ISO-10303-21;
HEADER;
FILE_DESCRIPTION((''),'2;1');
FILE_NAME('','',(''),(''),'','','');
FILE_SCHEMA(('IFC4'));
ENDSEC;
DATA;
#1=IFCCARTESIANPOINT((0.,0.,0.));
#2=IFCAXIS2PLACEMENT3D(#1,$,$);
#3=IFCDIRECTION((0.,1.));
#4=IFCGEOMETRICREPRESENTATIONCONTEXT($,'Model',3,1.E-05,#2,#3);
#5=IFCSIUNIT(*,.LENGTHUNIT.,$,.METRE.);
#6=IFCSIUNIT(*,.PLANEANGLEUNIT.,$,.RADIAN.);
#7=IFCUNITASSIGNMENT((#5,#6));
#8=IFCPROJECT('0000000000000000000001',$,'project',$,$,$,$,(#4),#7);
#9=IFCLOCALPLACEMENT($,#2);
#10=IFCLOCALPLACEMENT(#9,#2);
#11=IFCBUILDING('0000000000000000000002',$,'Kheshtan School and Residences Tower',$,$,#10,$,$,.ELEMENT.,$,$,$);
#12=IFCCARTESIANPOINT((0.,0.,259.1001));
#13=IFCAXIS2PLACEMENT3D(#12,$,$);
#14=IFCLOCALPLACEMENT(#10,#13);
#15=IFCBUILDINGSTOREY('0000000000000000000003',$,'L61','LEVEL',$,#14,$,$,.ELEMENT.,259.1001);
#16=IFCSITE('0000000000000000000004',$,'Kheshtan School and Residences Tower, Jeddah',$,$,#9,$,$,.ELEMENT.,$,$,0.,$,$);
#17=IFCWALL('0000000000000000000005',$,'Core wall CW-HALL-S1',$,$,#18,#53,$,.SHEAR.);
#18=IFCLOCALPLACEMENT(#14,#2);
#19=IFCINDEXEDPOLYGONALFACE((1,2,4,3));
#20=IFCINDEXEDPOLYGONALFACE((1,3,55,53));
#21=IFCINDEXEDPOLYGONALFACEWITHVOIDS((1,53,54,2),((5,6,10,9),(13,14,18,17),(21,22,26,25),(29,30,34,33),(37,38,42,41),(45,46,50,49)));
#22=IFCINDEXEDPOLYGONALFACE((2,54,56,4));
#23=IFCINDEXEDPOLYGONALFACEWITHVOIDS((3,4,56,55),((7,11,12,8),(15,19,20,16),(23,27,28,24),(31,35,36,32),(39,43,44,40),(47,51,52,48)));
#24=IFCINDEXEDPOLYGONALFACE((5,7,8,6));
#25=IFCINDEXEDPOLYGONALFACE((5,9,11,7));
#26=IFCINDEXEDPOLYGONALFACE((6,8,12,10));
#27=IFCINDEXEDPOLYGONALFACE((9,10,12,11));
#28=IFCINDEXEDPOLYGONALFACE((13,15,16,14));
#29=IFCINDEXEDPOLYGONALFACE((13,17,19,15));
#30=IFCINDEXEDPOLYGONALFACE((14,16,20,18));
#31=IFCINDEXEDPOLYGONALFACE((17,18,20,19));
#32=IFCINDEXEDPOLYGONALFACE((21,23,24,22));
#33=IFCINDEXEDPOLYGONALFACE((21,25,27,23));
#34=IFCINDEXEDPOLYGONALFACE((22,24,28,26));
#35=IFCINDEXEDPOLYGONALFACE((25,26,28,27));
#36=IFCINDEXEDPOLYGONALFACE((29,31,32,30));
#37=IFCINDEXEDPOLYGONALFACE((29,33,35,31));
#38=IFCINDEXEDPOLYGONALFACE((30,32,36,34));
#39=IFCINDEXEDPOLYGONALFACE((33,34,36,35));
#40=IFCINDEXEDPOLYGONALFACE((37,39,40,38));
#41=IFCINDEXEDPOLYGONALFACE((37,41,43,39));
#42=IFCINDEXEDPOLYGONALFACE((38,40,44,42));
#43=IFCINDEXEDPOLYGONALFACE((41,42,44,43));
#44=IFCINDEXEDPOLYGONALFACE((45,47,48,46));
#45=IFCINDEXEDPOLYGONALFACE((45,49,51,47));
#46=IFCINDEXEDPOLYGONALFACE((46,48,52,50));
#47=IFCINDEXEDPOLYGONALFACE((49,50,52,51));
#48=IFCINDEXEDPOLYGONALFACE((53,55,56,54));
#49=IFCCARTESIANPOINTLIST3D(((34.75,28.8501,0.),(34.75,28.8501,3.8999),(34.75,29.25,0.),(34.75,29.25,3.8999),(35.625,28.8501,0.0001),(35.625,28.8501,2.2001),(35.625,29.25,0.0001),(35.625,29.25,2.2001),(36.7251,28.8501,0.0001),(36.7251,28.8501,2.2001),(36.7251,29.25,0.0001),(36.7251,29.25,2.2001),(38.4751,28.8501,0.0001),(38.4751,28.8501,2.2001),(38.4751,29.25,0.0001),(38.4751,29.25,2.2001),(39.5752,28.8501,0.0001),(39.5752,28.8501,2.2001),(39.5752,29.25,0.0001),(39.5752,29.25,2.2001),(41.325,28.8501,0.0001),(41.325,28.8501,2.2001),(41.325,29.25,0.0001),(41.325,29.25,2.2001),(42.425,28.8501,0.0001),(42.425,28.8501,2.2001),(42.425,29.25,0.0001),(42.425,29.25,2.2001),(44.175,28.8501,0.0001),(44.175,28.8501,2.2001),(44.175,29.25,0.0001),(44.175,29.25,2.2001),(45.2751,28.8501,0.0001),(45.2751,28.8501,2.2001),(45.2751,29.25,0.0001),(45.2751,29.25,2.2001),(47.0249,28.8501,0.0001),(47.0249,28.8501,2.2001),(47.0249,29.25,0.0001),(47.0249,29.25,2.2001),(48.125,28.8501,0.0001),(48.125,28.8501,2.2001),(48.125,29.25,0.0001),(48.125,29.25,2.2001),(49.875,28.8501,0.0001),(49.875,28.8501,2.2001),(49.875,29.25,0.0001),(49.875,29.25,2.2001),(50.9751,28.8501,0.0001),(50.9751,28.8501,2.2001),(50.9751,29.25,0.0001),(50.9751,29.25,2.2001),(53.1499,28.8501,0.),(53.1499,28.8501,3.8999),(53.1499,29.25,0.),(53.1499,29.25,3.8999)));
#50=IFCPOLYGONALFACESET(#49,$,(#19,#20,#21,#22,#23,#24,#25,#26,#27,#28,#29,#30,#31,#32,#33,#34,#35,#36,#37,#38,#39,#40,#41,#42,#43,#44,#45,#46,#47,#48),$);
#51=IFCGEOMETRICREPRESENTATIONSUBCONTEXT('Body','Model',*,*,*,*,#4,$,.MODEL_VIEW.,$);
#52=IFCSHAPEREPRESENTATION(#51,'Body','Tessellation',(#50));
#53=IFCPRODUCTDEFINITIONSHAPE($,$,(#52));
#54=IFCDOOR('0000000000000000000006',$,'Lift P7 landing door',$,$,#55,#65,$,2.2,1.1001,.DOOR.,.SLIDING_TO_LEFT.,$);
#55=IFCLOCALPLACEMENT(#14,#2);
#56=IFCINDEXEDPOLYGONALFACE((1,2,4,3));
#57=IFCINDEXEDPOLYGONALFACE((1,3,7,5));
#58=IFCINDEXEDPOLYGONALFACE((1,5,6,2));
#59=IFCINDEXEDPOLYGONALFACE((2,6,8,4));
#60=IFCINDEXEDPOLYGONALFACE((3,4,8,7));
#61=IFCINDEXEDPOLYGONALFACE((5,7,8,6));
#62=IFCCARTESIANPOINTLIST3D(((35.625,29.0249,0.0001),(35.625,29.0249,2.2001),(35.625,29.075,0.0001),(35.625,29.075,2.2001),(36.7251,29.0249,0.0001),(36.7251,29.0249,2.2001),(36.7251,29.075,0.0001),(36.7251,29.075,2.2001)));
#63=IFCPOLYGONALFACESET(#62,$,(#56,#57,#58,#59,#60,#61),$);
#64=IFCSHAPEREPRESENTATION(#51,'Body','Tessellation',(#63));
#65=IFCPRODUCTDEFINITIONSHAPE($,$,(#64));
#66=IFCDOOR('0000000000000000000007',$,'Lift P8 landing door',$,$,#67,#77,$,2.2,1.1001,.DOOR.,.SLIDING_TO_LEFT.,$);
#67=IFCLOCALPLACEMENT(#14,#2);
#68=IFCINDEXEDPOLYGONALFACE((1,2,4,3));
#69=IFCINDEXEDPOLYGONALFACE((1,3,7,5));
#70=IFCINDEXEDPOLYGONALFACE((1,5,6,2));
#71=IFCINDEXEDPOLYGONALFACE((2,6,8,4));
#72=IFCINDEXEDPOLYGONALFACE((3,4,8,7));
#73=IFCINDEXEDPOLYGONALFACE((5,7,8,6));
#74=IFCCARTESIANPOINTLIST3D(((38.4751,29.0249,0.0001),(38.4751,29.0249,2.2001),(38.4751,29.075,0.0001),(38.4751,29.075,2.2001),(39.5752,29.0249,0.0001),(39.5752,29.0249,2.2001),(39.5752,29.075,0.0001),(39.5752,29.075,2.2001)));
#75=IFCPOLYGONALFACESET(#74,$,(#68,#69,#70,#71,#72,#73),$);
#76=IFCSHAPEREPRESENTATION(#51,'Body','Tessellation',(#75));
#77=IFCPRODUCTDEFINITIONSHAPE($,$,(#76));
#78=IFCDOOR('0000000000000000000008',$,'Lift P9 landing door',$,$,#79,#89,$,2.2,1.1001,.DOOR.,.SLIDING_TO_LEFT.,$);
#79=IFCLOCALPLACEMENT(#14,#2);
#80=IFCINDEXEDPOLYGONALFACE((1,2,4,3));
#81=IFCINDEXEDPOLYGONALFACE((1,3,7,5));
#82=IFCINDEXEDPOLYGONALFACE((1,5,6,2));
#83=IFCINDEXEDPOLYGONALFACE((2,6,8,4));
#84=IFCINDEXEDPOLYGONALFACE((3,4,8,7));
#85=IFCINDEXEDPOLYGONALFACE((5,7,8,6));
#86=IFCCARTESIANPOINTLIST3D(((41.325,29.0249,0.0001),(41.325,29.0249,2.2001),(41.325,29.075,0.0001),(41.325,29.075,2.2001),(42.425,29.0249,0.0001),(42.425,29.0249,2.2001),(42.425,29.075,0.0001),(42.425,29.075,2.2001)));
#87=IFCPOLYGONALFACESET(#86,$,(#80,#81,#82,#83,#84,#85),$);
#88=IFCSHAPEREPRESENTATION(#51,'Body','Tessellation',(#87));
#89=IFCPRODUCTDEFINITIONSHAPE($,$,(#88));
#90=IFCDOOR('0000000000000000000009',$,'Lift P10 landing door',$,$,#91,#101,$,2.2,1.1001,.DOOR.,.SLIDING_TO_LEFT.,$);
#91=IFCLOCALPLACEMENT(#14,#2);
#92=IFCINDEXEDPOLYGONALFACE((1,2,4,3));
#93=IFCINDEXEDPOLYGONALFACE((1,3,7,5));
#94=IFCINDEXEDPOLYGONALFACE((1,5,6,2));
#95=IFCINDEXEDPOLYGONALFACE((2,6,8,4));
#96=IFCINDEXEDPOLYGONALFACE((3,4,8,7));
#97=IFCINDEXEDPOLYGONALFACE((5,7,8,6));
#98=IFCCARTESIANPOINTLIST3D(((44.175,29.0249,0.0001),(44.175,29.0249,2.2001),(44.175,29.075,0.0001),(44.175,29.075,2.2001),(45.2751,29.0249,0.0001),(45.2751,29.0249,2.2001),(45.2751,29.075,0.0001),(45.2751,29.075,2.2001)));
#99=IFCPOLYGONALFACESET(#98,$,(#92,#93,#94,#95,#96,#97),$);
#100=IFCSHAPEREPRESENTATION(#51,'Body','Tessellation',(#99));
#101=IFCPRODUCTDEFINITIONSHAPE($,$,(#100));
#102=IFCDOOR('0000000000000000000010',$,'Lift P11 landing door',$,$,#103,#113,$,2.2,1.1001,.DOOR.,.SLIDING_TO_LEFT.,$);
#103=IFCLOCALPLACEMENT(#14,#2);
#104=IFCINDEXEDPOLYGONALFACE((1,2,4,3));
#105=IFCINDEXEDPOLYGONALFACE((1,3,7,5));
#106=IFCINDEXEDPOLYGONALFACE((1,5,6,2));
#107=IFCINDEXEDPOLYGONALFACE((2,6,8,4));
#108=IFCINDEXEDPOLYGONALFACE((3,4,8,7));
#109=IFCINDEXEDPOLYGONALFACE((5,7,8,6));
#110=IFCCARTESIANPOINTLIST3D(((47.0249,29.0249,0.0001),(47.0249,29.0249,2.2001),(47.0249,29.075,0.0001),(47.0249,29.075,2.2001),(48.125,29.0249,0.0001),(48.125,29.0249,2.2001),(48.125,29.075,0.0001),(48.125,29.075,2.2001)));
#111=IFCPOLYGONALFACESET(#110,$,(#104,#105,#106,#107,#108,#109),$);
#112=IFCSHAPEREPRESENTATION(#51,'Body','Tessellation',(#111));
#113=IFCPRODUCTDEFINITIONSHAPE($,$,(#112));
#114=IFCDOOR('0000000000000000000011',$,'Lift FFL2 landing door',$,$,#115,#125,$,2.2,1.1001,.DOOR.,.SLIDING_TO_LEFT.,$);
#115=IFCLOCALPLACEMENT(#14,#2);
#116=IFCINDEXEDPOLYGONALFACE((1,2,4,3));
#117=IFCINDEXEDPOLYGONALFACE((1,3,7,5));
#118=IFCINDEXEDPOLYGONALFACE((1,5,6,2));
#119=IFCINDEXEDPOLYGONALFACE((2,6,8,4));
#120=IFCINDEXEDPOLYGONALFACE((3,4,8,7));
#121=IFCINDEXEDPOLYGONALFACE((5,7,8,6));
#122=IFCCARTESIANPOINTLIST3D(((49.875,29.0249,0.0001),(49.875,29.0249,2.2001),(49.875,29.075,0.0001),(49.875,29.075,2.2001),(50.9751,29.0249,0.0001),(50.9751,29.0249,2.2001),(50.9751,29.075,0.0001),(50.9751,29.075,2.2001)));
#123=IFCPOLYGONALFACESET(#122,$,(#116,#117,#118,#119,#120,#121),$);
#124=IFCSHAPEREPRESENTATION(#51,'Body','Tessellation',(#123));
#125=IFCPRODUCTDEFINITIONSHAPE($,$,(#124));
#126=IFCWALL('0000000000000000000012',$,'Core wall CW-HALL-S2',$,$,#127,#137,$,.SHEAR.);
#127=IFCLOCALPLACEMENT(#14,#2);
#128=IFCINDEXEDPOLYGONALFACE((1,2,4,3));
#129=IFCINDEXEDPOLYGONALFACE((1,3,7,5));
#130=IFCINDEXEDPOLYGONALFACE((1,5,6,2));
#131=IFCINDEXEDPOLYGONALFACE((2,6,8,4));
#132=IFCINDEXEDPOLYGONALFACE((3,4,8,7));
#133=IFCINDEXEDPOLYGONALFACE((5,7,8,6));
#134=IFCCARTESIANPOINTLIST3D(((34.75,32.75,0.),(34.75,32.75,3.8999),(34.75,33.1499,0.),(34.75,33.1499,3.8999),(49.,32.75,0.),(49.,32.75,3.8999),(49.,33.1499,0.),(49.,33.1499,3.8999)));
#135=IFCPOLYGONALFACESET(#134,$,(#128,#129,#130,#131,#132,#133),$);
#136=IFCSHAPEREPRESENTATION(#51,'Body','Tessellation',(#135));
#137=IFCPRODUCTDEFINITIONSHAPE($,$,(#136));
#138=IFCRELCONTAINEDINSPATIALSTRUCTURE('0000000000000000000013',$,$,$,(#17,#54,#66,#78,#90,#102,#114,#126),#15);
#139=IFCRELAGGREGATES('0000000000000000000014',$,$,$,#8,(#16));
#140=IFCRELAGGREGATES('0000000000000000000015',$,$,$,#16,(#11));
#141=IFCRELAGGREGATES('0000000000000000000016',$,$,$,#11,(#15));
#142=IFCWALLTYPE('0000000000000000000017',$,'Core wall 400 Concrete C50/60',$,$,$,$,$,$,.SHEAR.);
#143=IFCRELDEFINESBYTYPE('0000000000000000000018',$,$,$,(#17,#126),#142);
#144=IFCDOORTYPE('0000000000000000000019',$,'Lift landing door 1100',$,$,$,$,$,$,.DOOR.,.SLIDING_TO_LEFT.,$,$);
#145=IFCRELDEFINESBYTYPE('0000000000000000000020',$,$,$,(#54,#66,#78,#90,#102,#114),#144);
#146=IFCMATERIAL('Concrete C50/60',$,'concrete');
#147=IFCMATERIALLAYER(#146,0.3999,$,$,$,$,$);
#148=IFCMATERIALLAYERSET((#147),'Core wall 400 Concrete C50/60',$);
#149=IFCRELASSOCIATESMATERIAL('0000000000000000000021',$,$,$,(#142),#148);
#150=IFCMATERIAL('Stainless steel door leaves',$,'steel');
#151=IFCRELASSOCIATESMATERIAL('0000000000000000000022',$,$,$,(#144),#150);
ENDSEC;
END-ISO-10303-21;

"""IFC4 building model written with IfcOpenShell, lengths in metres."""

from ifc_helpers import new_model, si_unit, direction, frame, frame_2d, origin, place, context, subcontext, project, spatial, rectangle, extrude, source, transform, mapped, material, layer, layer_set, type_object, element, fill, save


model = new_model("IFC4")

# Units and contexts
model_context = context("Model", 3, precision=1e-05, world=origin(), true_north=direction((0.0, 1.0)))
body_context = subcontext(model_context, "Body", "Model", "MODEL_VIEW")
ifc_project = project(units=[si_unit("LENGTHUNIT", "METRE"), si_unit("PLANEANGLEUNIT", "RADIAN")], contexts=[model_context])

# Site, building, storey
site_placement = place(None, origin())
site = spatial("IfcSite", under=ifc_project, at=site_placement, Name="Kheshtan School and Residences Tower, Jeddah", CompositionType="ELEMENT", RefElevation=0.0)
building_placement = place(site_placement, origin())
building = spatial("IfcBuilding", under=site, at=building_placement, Name="Kheshtan School and Residences Tower", CompositionType="ELEMENT")
storey_placement = place(building_placement, frame((0.0, 0.0, 259.1001)))
storey = spatial("IfcBuildingStorey", under=building, at=storey_placement, Name="L61", Description="LEVEL", CompositionType="ELEMENT", Elevation=259.1001)

# Wall, openings, doors
ifc_material_1 = material(Name="Concrete C50/60", Category="concrete")
ifc_layer_1 = layer(ifc_material_1, 0.3999)
ifc_layer_set_1 = layer_set([ifc_layer_1], Name="Core wall 400 Concrete C50/60")
wall_type_1 = type_object("IfcWallType", Name="Core wall 400 Concrete C50/60", PredefinedType="SHEAR", material=ifc_layer_set_1)
wall_1_placement = place(storey_placement, frame((34.75, 29.05, 0.0), z_axis=(0.0, 0.0, 1.0), x_axis=(1.0, 0.0, 0.0)))
wall_1 = element("IfcWall", 1, at=wall_1_placement, inside=storey, type_object=wall_type_1, Name="Core wall CW-HALL-S1", PredefinedType="SHEAR", context=body_context, shape_type="SweptSolid", body=[
    extrude(rectangle(XDim=18.3999, YDim=0.3999, at=frame_2d((9.2, 0.0))), origin(), (0.0, 0.0, 1.0), 3.8999),
])
opening_1_placement = place(wall_1_placement, frame((0.875, 0.0, 0.0)))
opening_1 = element("IfcOpeningElement", 2, at=opening_1_placement, cuts=wall_1, PredefinedType="OPENING", context=body_context, shape_type="SweptSolid", body=[
    extrude(rectangle(XDim=1.1001, YDim=2.2, at=frame_2d((0.55, 1.1001))), frame((0.0, 0.21, 0.0), z_axis=(0.0, -1.0, 0.0), x_axis=(1.0, 0.0, 0.0)), (0.0, 0.0, 1.0), 0.4199),
])
opening_2_placement = place(wall_1_placement, frame((3.7251, 0.0, 0.0)))
opening_2 = element("IfcOpeningElement", 3, at=opening_2_placement, cuts=wall_1, PredefinedType="OPENING", context=body_context, shape_type="SweptSolid", body=[
    extrude(rectangle(XDim=1.1001, YDim=2.2, at=frame_2d((0.55, 1.1001))), frame((0.0, 0.21, 0.0), z_axis=(0.0, -1.0, 0.0), x_axis=(1.0, 0.0, 0.0)), (0.0, 0.0, 1.0), 0.4199),
])
opening_3_placement = place(wall_1_placement, frame((6.575, 0.0, 0.0)))
opening_3 = element("IfcOpeningElement", 4, at=opening_3_placement, cuts=wall_1, PredefinedType="OPENING", context=body_context, shape_type="SweptSolid", body=[
    extrude(rectangle(XDim=1.1001, YDim=2.2, at=frame_2d((0.55, 1.1001))), frame((0.0, 0.21, 0.0), z_axis=(0.0, -1.0, 0.0), x_axis=(1.0, 0.0, 0.0)), (0.0, 0.0, 1.0), 0.4199),
])
opening_4_placement = place(wall_1_placement, frame((9.425, 0.0, 0.0)))
opening_4 = element("IfcOpeningElement", 5, at=opening_4_placement, cuts=wall_1, PredefinedType="OPENING", context=body_context, shape_type="SweptSolid", body=[
    extrude(rectangle(XDim=1.1001, YDim=2.2, at=frame_2d((0.55, 1.1001))), frame((0.0, 0.21, 0.0), z_axis=(0.0, -1.0, 0.0), x_axis=(1.0, 0.0, 0.0)), (0.0, 0.0, 1.0), 0.4199),
])
opening_5_placement = place(wall_1_placement, frame((12.2749, 0.0, 0.0)))
opening_5 = element("IfcOpeningElement", 6, at=opening_5_placement, cuts=wall_1, PredefinedType="OPENING", context=body_context, shape_type="SweptSolid", body=[
    extrude(rectangle(XDim=1.1001, YDim=2.2, at=frame_2d((0.55, 1.1001))), frame((0.0, 0.21, 0.0), z_axis=(0.0, -1.0, 0.0), x_axis=(1.0, 0.0, 0.0)), (0.0, 0.0, 1.0), 0.4199),
])
opening_6_placement = place(wall_1_placement, frame((15.125, 0.0, 0.0)))
opening_6 = element("IfcOpeningElement", 7, at=opening_6_placement, cuts=wall_1, PredefinedType="OPENING", context=body_context, shape_type="SweptSolid", body=[
    extrude(rectangle(XDim=1.1001, YDim=2.2, at=frame_2d((0.55, 1.1001))), frame((0.0, 0.21, 0.0), z_axis=(0.0, -1.0, 0.0), x_axis=(1.0, 0.0, 0.0)), (0.0, 0.0, 1.0), 0.4199),
])
ifc_material_2 = material(Name="Stainless steel door leaves", Category="steel")
door_type_1 = type_object("IfcDoorType", Name="Lift landing door 1100", OperationType="SLIDING_TO_LEFT", PredefinedType="DOOR", material=ifc_material_2)
shared_shape_1 = source(origin(), body_context, "Body", "SweptSolid", [
    extrude(rectangle(XDim=1.1001, YDim=2.2, at=frame_2d((0.55, 1.1001))), frame((0.0, 0.0249, 0.0), z_axis=(0.0, -1.0, 0.0), x_axis=(1.0, 0.0, 0.0)), (0.0, 0.0, 1.0), 0.05),
])
door_1_placement = place(opening_1_placement, origin())
door_1 = element("IfcDoor", 8, at=door_1_placement, inside=storey, type_object=door_type_1, Name="Lift P7 landing door", OperationType="SLIDING_TO_LEFT", OverallHeight=2.2, OverallWidth=1.1001, PredefinedType="DOOR", context=body_context, shape_type="MappedRepresentation", body=[
    mapped(shared_shape_1, transform((0.0, 0.0, 0.0), x_axis=(1.0, 0.0, 0.0), y_axis=(0.0, 1.0, 0.0), z_axis=(0.0, 0.0, 1.0), scale=1.0)),
])
fill(opening_1, door_1)
door_2_placement = place(opening_2_placement, origin())
door_2 = element("IfcDoor", 9, at=door_2_placement, inside=storey, type_object=door_type_1, Name="Lift P8 landing door", OperationType="SLIDING_TO_LEFT", OverallHeight=2.2, OverallWidth=1.1001, PredefinedType="DOOR", context=body_context, shape_type="MappedRepresentation", body=[
    mapped(shared_shape_1, transform((0.0, 0.0, 0.0), x_axis=(1.0, 0.0, 0.0), y_axis=(0.0, 1.0, 0.0), z_axis=(0.0, 0.0, 1.0), scale=1.0)),
])
fill(opening_2, door_2)
door_3_placement = place(opening_3_placement, origin())
door_3 = element("IfcDoor", 10, at=door_3_placement, inside=storey, type_object=door_type_1, Name="Lift P9 landing door", OperationType="SLIDING_TO_LEFT", OverallHeight=2.2, OverallWidth=1.1001, PredefinedType="DOOR", context=body_context, shape_type="MappedRepresentation", body=[
    mapped(shared_shape_1, transform((0.0, 0.0, 0.0), x_axis=(1.0, 0.0, 0.0), y_axis=(0.0, 1.0, 0.0), z_axis=(0.0, 0.0, 1.0), scale=1.0)),
])
fill(opening_3, door_3)
door_4_placement = place(opening_4_placement, origin())
door_4 = element("IfcDoor", 11, at=door_4_placement, inside=storey, type_object=door_type_1, Name="Lift P10 landing door", OperationType="SLIDING_TO_LEFT", OverallHeight=2.2, OverallWidth=1.1001, PredefinedType="DOOR", context=body_context, shape_type="MappedRepresentation", body=[
    mapped(shared_shape_1, transform((0.0, 0.0, 0.0), x_axis=(1.0, 0.0, 0.0), y_axis=(0.0, 1.0, 0.0), z_axis=(0.0, 0.0, 1.0), scale=1.0)),
])
fill(opening_4, door_4)
door_5_placement = place(opening_5_placement, origin())
door_5 = element("IfcDoor", 12, at=door_5_placement, inside=storey, type_object=door_type_1, Name="Lift P11 landing door", OperationType="SLIDING_TO_LEFT", OverallHeight=2.2, OverallWidth=1.1001, PredefinedType="DOOR", context=body_context, shape_type="MappedRepresentation", body=[
    mapped(shared_shape_1, transform((0.0, 0.0, 0.0), x_axis=(1.0, 0.0, 0.0), y_axis=(0.0, 1.0, 0.0), z_axis=(0.0, 0.0, 1.0), scale=1.0)),
])
fill(opening_5, door_5)
door_6_placement = place(opening_6_placement, origin())
door_6 = element("IfcDoor", 13, at=door_6_placement, inside=storey, type_object=door_type_1, Name="Lift FFL2 landing door", OperationType="SLIDING_TO_LEFT", OverallHeight=2.2, OverallWidth=1.1001, PredefinedType="DOOR", context=body_context, shape_type="MappedRepresentation", body=[
    mapped(shared_shape_1, transform((0.0, 0.0, 0.0), x_axis=(1.0, 0.0, 0.0), y_axis=(0.0, 1.0, 0.0), z_axis=(0.0, 0.0, 1.0), scale=1.0)),
])
fill(opening_6, door_6)

# Wall
wall_2_placement = place(storey_placement, frame((34.75, 32.95, 0.0), z_axis=(0.0, 0.0, 1.0), x_axis=(1.0, 0.0, 0.0)))
element("IfcWall", 14, at=wall_2_placement, inside=storey, type_object=wall_type_1, Name="Core wall CW-HALL-S2", PredefinedType="SHEAR", context=body_context, shape_type="SweptSolid", body=[
    extrude(rectangle(XDim=14.25, YDim=0.3999, at=frame_2d((7.125, 0.0))), origin(), (0.0, 0.0, 1.0), 3.8999),
])

save(model, "model.ifc")
